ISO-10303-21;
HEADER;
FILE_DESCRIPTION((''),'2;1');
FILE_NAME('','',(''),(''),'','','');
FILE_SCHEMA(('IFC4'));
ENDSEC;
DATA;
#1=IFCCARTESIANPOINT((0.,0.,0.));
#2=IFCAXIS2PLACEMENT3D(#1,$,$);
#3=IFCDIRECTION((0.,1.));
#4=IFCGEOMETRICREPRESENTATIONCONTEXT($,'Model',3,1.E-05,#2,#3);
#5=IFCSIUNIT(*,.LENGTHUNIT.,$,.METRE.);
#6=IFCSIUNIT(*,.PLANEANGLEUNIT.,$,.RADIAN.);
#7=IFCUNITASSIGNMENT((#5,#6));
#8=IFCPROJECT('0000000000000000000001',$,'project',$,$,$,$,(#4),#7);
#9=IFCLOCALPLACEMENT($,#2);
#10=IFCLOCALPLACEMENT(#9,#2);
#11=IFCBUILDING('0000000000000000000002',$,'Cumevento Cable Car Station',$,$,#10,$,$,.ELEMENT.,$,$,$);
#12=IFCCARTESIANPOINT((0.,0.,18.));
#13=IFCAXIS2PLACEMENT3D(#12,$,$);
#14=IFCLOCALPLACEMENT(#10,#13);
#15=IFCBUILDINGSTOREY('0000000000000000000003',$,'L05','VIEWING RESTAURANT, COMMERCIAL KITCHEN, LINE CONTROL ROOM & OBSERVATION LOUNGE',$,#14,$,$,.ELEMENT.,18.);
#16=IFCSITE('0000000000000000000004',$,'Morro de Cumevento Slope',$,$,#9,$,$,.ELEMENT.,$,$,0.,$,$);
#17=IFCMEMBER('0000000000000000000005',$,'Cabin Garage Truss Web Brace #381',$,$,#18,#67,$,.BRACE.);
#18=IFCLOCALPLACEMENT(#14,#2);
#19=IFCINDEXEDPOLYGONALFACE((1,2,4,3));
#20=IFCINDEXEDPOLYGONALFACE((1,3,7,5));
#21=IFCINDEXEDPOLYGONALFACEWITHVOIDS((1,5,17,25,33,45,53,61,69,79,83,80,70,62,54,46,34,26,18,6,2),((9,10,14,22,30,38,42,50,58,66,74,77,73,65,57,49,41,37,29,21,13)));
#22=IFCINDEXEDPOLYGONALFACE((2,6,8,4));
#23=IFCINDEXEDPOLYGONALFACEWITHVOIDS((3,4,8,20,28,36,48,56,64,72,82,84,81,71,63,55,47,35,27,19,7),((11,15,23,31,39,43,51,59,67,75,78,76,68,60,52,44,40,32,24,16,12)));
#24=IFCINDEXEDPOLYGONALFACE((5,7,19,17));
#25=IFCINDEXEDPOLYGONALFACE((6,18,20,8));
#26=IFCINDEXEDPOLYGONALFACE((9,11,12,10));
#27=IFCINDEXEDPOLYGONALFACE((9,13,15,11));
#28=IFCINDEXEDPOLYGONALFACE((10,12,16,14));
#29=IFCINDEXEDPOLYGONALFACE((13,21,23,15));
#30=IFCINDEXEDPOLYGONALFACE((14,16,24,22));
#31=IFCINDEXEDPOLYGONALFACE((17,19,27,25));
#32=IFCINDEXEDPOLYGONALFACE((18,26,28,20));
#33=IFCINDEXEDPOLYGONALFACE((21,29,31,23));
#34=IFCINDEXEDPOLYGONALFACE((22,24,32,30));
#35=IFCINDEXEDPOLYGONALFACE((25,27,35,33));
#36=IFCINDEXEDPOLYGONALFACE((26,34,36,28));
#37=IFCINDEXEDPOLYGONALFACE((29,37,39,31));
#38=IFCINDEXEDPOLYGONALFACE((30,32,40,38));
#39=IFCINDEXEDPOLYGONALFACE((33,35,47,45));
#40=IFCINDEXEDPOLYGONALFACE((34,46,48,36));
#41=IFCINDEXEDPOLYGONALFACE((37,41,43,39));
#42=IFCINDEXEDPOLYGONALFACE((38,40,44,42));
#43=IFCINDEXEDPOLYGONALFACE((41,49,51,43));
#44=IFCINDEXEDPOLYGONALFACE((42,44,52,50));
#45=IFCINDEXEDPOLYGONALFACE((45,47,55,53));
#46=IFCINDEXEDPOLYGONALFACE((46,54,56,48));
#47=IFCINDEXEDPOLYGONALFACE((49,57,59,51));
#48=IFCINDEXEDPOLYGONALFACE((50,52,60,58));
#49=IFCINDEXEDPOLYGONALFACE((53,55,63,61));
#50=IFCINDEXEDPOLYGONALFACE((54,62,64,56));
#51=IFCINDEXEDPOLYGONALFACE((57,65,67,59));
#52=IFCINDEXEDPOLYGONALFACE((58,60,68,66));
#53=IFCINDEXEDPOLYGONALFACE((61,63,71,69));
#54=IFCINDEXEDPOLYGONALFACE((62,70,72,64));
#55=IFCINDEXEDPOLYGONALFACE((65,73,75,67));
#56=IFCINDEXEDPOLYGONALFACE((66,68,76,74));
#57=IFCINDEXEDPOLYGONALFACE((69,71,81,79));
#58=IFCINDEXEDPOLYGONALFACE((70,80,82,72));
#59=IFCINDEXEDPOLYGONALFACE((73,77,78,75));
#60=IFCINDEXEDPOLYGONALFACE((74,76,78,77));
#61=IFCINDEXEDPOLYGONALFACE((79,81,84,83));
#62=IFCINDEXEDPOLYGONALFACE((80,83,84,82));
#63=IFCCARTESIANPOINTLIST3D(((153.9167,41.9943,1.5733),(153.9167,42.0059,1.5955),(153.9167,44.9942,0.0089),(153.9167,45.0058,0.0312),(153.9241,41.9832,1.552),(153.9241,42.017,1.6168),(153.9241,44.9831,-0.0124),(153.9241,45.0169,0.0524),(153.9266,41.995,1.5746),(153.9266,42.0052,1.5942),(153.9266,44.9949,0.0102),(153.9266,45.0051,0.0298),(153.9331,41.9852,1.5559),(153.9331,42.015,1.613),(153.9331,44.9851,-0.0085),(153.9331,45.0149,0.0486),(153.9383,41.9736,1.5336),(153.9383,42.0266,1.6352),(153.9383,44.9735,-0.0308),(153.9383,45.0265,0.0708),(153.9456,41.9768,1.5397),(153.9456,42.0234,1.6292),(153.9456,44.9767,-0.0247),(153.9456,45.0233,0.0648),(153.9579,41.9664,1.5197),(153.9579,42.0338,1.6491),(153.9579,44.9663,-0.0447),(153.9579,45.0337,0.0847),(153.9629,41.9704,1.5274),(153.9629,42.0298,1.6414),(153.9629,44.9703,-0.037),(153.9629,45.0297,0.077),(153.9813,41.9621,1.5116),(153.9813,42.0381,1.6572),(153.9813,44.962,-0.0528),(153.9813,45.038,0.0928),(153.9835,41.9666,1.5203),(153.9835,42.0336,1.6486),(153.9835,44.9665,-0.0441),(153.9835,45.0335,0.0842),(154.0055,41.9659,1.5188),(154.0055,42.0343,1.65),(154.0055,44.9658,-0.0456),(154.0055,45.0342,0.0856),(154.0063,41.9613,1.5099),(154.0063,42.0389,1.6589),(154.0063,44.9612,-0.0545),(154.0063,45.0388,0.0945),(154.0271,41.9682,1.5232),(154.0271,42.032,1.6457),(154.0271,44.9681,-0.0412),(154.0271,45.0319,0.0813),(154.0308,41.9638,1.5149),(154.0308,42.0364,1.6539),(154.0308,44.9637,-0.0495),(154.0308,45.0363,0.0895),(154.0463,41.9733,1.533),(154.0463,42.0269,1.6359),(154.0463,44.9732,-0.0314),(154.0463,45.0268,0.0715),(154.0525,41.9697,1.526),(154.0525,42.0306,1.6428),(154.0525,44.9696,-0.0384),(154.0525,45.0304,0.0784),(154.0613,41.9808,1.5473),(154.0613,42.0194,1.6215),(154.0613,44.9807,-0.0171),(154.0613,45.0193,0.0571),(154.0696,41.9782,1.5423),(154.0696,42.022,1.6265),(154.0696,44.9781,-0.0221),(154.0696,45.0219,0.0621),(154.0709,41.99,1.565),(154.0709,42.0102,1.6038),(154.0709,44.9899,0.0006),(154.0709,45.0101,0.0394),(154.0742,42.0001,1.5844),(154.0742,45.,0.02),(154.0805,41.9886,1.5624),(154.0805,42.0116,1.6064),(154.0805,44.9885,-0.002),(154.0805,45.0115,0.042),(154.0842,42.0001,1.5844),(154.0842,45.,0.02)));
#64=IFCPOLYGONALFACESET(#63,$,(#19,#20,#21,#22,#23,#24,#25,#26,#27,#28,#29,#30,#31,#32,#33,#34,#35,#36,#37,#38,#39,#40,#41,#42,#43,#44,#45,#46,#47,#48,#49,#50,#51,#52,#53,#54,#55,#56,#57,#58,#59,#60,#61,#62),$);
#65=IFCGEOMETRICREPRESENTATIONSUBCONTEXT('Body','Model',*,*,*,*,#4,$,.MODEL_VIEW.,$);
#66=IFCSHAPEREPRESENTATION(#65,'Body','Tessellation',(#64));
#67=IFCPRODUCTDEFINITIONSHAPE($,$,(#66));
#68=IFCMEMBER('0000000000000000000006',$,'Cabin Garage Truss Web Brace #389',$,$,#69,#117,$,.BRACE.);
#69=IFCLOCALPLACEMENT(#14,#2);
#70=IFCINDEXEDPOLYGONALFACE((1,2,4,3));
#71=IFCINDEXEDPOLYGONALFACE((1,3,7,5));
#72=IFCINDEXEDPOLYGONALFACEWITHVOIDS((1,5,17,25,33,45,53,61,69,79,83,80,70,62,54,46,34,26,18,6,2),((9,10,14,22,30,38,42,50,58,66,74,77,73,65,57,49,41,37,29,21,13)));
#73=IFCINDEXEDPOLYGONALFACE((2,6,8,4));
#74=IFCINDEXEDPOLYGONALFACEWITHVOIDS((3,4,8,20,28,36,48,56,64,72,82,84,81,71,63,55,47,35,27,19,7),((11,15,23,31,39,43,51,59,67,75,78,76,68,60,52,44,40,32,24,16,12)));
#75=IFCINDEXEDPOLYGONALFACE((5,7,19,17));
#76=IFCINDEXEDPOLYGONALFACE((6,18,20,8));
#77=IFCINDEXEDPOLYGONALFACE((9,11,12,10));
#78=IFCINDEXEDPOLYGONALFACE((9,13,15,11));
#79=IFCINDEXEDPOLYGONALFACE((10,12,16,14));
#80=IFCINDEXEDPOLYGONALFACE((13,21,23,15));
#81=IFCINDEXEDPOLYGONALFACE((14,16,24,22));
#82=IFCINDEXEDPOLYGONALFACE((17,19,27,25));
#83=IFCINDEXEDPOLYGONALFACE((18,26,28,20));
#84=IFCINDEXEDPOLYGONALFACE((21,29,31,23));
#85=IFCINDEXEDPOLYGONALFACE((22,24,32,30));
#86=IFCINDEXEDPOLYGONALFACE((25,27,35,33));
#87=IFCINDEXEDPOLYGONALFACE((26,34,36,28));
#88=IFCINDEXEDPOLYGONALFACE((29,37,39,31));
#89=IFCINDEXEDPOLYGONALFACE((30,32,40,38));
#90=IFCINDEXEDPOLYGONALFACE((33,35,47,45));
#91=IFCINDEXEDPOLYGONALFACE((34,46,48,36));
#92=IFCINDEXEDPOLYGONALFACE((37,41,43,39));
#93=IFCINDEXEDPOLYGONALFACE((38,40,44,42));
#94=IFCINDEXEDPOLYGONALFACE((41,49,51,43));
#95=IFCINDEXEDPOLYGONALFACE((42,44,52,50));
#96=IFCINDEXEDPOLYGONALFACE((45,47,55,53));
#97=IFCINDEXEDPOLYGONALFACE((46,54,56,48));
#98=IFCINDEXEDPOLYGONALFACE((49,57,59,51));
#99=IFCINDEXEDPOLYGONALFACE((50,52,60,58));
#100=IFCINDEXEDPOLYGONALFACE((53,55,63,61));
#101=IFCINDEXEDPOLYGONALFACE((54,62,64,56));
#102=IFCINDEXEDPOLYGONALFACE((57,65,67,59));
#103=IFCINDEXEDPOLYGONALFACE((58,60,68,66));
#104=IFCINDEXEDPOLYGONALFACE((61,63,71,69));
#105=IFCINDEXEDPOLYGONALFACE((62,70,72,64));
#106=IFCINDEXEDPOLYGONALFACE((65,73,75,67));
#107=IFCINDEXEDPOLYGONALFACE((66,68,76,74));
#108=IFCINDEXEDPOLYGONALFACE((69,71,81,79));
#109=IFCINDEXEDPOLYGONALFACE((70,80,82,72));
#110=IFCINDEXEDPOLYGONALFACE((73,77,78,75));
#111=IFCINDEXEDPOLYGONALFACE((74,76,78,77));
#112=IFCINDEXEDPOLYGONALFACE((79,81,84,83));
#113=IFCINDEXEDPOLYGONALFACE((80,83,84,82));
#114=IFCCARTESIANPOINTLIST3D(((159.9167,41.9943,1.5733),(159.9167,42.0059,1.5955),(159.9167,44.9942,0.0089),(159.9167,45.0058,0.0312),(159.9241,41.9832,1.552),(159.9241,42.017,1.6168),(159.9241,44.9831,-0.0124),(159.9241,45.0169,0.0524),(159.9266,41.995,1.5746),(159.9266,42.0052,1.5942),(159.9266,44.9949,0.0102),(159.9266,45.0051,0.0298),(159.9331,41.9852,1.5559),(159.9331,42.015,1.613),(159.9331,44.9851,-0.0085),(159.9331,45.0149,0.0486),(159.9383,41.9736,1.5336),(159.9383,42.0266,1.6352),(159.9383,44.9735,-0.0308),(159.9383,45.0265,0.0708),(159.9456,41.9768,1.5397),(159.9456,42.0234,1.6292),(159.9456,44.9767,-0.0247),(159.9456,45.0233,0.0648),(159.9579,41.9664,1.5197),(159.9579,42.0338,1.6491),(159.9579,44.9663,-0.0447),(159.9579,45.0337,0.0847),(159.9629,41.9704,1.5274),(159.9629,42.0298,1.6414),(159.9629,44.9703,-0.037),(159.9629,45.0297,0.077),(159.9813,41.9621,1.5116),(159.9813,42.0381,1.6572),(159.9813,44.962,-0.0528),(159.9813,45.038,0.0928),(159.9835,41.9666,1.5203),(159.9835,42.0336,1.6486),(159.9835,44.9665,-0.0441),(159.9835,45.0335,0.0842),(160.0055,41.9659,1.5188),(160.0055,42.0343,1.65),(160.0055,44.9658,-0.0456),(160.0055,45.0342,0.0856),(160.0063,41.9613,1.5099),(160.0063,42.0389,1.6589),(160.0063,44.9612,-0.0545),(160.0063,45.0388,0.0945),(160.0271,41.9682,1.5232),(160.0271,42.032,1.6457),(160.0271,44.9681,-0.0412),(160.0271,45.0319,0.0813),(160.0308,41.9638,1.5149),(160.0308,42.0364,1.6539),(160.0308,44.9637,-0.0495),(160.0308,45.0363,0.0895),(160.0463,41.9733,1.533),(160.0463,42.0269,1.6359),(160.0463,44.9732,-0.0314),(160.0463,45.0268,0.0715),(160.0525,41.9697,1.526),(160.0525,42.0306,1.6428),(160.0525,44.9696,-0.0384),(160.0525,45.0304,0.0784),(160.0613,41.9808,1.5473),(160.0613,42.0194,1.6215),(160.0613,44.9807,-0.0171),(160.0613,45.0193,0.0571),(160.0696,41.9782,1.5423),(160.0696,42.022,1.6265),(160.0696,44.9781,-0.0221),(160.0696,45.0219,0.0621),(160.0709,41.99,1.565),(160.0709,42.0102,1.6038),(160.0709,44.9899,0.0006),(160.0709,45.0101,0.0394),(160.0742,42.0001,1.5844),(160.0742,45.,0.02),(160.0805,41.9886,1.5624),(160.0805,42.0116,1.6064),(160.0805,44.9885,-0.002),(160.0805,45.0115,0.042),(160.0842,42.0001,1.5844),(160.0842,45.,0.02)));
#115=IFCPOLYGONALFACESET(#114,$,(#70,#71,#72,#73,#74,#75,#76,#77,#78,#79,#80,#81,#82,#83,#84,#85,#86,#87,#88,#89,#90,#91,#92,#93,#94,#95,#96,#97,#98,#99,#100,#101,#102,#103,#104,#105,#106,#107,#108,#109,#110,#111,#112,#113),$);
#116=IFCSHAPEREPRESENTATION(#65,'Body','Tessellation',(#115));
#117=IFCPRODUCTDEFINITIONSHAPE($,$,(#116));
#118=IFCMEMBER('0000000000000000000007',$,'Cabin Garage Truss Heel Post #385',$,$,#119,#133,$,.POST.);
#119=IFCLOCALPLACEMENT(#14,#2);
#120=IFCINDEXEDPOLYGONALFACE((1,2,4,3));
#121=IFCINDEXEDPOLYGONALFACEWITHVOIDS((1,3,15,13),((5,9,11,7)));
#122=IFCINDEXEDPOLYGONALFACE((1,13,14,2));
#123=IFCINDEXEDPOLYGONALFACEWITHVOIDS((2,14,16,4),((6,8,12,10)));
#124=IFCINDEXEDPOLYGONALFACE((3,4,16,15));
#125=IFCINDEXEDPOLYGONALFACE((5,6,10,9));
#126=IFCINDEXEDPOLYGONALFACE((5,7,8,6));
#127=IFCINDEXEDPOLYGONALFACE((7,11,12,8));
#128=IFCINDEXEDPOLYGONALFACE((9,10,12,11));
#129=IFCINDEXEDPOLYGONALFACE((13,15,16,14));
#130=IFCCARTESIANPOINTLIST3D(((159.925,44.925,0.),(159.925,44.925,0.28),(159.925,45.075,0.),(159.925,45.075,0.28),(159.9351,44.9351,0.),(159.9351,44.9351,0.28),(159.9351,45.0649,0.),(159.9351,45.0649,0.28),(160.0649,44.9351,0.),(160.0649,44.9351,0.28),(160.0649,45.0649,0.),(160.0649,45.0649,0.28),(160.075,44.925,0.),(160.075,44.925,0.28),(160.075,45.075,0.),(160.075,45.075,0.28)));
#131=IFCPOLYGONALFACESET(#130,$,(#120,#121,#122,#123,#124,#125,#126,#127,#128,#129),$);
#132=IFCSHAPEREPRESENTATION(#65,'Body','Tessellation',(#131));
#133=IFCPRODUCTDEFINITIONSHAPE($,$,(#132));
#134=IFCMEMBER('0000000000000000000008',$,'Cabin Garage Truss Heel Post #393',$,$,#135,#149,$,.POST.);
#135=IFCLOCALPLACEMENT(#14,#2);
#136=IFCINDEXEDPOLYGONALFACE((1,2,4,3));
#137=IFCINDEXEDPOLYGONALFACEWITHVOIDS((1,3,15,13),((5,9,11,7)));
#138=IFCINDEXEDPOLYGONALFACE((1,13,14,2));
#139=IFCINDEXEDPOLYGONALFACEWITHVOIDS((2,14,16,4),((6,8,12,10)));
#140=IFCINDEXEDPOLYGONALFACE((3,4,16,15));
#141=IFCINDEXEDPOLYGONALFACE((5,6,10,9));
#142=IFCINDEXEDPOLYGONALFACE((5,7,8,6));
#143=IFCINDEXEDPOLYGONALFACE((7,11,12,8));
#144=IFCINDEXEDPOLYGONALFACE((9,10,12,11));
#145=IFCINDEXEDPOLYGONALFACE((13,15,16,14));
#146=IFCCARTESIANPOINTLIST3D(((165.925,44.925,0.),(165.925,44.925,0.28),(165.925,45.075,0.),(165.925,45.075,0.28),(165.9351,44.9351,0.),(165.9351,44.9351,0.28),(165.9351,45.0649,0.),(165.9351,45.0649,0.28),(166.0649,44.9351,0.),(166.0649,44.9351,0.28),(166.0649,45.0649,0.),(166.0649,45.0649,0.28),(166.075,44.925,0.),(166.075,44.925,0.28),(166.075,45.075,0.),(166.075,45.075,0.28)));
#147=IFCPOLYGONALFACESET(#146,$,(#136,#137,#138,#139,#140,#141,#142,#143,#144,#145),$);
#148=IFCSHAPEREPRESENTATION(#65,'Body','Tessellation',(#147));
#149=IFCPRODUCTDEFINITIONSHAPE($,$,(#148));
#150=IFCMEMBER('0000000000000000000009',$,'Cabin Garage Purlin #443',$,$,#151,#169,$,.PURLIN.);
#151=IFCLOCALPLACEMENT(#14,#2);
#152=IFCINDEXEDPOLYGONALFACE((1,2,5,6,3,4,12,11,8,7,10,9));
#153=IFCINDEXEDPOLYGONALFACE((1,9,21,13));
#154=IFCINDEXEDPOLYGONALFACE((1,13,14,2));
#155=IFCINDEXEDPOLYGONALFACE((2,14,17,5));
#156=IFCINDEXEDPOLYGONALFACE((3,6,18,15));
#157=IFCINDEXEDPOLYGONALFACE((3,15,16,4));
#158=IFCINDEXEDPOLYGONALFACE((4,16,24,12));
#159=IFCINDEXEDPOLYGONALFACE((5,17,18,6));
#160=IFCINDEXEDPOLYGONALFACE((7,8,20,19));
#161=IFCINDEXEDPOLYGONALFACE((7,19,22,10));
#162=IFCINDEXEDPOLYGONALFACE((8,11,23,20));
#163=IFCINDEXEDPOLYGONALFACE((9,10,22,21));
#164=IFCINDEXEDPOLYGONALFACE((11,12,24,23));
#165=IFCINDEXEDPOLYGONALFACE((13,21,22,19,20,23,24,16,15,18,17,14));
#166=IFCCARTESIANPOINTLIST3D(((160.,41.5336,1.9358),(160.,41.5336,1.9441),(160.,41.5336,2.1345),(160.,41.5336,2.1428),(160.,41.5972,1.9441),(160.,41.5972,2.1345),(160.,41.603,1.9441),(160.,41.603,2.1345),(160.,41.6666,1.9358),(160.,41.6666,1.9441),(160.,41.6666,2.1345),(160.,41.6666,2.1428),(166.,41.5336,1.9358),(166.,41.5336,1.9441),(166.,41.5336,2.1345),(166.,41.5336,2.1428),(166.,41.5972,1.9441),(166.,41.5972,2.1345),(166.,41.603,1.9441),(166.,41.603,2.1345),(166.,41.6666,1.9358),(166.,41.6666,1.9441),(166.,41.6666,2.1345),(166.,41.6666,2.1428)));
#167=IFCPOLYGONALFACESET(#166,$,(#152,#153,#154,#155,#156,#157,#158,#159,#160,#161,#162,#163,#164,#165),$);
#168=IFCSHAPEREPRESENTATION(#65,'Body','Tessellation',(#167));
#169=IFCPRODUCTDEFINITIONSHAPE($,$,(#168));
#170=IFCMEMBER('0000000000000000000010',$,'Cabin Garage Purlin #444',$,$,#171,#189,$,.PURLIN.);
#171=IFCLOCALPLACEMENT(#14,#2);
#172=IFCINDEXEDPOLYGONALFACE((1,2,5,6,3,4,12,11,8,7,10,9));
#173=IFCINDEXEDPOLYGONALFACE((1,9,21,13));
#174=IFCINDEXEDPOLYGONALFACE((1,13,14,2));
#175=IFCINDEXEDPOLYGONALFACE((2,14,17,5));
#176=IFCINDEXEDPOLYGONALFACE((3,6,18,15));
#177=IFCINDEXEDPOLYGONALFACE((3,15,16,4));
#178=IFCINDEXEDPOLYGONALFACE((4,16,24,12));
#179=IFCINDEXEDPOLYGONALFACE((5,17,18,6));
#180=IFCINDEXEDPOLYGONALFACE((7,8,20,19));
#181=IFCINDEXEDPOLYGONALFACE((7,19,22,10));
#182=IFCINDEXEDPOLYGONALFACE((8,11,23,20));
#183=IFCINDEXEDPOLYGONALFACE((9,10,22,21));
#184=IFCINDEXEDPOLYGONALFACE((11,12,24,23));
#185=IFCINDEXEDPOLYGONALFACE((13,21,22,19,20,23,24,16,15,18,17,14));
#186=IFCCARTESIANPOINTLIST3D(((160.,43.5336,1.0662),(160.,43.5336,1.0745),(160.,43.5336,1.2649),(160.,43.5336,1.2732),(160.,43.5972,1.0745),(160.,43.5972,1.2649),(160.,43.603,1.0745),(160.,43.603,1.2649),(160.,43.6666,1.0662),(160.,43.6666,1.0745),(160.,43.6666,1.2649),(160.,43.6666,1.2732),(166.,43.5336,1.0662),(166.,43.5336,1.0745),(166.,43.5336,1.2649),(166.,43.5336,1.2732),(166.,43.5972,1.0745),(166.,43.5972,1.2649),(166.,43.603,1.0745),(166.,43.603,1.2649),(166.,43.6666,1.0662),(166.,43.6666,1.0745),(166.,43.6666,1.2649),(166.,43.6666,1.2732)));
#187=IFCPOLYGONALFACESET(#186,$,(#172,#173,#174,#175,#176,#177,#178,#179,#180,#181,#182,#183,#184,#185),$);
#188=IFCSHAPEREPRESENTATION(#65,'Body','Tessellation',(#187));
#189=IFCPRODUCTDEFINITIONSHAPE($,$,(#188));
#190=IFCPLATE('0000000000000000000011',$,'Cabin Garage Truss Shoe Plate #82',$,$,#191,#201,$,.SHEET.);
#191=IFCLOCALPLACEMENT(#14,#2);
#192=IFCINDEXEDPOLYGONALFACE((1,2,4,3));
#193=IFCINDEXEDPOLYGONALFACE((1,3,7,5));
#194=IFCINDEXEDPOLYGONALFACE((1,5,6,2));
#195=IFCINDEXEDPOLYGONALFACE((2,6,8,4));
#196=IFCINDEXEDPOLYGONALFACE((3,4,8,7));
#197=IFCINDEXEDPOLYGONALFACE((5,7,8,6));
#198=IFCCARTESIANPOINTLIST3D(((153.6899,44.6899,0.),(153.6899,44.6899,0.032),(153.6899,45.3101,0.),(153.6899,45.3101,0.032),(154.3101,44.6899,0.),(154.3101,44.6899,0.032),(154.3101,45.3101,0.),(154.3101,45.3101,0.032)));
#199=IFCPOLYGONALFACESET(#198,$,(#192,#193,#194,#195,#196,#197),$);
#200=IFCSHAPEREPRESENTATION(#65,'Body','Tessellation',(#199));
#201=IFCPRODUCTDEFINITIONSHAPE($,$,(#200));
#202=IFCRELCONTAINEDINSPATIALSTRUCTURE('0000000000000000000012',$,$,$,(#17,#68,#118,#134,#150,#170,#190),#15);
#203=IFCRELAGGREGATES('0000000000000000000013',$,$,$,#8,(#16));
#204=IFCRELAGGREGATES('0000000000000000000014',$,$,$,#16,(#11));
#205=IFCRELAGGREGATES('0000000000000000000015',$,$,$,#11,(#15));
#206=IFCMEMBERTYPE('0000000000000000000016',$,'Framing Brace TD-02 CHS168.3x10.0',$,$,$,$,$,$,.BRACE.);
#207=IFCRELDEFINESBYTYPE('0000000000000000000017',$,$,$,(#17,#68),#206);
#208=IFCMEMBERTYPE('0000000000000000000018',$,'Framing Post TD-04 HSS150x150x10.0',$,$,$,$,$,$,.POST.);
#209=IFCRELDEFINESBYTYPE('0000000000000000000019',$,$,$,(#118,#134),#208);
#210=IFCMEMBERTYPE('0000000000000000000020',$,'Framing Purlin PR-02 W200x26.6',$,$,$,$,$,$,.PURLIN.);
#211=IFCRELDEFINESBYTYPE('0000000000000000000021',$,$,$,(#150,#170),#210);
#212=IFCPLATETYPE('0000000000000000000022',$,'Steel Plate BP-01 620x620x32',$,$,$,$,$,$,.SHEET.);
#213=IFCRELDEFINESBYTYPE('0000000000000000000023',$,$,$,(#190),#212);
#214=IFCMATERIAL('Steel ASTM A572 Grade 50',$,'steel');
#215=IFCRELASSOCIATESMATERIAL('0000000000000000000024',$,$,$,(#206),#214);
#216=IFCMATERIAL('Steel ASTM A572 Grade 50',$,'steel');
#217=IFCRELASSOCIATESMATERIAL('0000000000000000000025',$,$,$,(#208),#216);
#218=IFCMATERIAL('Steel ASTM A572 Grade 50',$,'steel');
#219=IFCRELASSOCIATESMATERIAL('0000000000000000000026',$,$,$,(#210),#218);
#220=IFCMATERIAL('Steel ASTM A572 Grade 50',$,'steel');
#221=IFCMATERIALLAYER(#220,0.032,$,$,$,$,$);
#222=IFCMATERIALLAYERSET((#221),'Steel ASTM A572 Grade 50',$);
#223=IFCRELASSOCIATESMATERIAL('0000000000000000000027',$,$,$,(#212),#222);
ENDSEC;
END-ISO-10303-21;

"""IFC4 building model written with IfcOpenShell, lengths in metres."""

from ifc_helpers import new_model, si_unit, direction, frame, origin, origin_2d, place, context, subcontext, project, spatial, rectangle, hollow_rectangle, hollow_circle, i_section, extrude, material, layer, layer_set, material_profile, profile_set, type_object, element, save


model = new_model("IFC4")

# Units and contexts
model_context = context("Model", 3, precision=1e-05, world=origin(), true_north=direction((0.0, 1.0)))
body_context = subcontext(model_context, "Body", "Model", "MODEL_VIEW")
ifc_project = project(units=[si_unit("LENGTHUNIT", "METRE"), si_unit("PLANEANGLEUNIT", "RADIAN")], contexts=[model_context])

# Site, building, storey
site_placement = place(None, origin())
site = spatial("IfcSite", under=ifc_project, at=site_placement, Name="Morro de Cumevento Slope", CompositionType="ELEMENT", RefElevation=0.0)
building_placement = place(site_placement, origin())
building = spatial("IfcBuilding", under=site, at=building_placement, Name="Cumevento Cable Car Station", CompositionType="ELEMENT")
storey_placement = place(building_placement, frame((0.0, 0.0, 18.0)))
storey = spatial("IfcBuildingStorey", under=building, at=storey_placement, Name="L05", Description="VIEWING RESTAURANT, COMMERCIAL KITCHEN, LINE CONTROL ROOM & OBSERVATION LOUNGE", CompositionType="ELEMENT", Elevation=18.0)

# Members
ifc_material_1 = material(Name="Steel ASTM A572 Grade 50", Category="steel")
ifc_material_profile_1 = material_profile(ifc_material_1, hollow_circle(Radius=0.0842, WallThickness=0.01, at=origin_2d()), Name="CHS168.3x10.0")
ifc_profile_set_1 = profile_set([ifc_material_profile_1], Name="Steel ASTM A572 Grade 50")
member_type_1 = type_object("IfcMemberType", Name="Framing Brace TD-02 CHS168.3x10.0", PredefinedType="BRACE", material=ifc_profile_set_1)
for number, where, z_axis, x_axis, name in (
    (1, (154.0, 45.0, 0.02), (0.0, -0.886677, 0.462388), (1.0, 0.0, 0.0), "Cabin Garage Truss Web Brace #381"),
    (2, (160.0, 45.0, 0.02), (0.0, -0.886677, 0.462388), (1.0, 0.0, 0.0), "Cabin Garage Truss Web Brace #389"),
):
    element("IfcMember", number, at=place(storey_placement, frame(where, z_axis=z_axis, x_axis=x_axis)), inside=storey, type_object=member_type_1, Name=name, PredefinedType="BRACE", context=body_context, shape_type="SweptSolid", body=[
        extrude(hollow_circle(Radius=0.0842, WallThickness=0.01, at=origin_2d()), origin(), (0.0, 0.0, 1.0), 3.3833),
    ])
ifc_material_2 = material(Name="Steel ASTM A572 Grade 50", Category="steel")
ifc_material_profile_2 = material_profile(ifc_material_2, hollow_rectangle(XDim=0.1499, YDim=0.1499, WallThickness=0.01, at=origin_2d()), Name="HSS150x150x10.0")
ifc_profile_set_2 = profile_set([ifc_material_profile_2], Name="Steel ASTM A572 Grade 50")
member_type_2 = type_object("IfcMemberType", Name="Framing Post TD-04 HSS150x150x10.0", PredefinedType="POST", material=ifc_profile_set_2)
for number, where, z_axis, x_axis, name in (
    (3, (160.0, 45.0, 0.0), (0.0, 0.0, 1.0), (1.0, 0.0, 0.0), "Cabin Garage Truss Heel Post #385"),
    (4, (166.0, 45.0, 0.0), (0.0, 0.0, 1.0), (1.0, 0.0, 0.0), "Cabin Garage Truss Heel Post #393"),
):
    element("IfcMember", number, at=place(storey_placement, frame(where, z_axis=z_axis, x_axis=x_axis)), inside=storey, type_object=member_type_2, Name=name, PredefinedType="POST", context=body_context, shape_type="SweptSolid", body=[
        extrude(hollow_rectangle(XDim=0.1499, YDim=0.1499, WallThickness=0.01, at=origin_2d()), origin(), (0.0, 0.0, 1.0), 0.28),
    ])
ifc_material_3 = material(Name="Steel ASTM A572 Grade 50", Category="steel")
ifc_material_profile_3 = material_profile(ifc_material_3, i_section(OverallWidth=0.1331, OverallDepth=0.207, WebThickness=0.0059, FlangeThickness=0.0083, at=origin_2d()), Name="W200x26.6")
ifc_profile_set_3 = profile_set([ifc_material_profile_3], Name="Steel ASTM A572 Grade 50")
member_type_3 = type_object("IfcMemberType", Name="Framing Purlin PR-02 W200x26.6", PredefinedType="PURLIN", material=ifc_profile_set_3)
for number, where, z_axis, x_axis, name in (
    (5, (160.0, 41.6001, 2.0393), (1.0, 0.0, 0.0), (0.0, 1.0, 0.0), "Cabin Garage Purlin #443"),
    (6, (160.0, 43.6001, 1.1697), (1.0, 0.0, 0.0), (0.0, 1.0, 0.0), "Cabin Garage Purlin #444"),
):
    element("IfcMember", number, at=place(storey_placement, frame(where, z_axis=z_axis, x_axis=x_axis)), inside=storey, type_object=member_type_3, Name=name, PredefinedType="PURLIN", context=body_context, shape_type="SweptSolid", body=[
        extrude(i_section(OverallWidth=0.1331, OverallDepth=0.207, WebThickness=0.0059, FlangeThickness=0.0083, at=origin_2d()), origin(), (0.0, 0.0, 1.0), 6.0),
    ])

# Plate
ifc_material_4 = material(Name="Steel ASTM A572 Grade 50", Category="steel")
ifc_layer_1 = layer(ifc_material_4, 0.032)
ifc_layer_set_1 = layer_set([ifc_layer_1], Name="Steel ASTM A572 Grade 50")
plate_type_1 = type_object("IfcPlateType", Name="Steel Plate BP-01 620x620x32", PredefinedType="SHEET", material=ifc_layer_set_1)
plate_1_placement = place(storey_placement, frame((154.0, 45.0, 0.0), z_axis=(0.0, 0.0, 1.0), x_axis=(1.0, 0.0, 0.0)))
element("IfcPlate", 7, at=plate_1_placement, inside=storey, type_object=plate_type_1, Name="Cabin Garage Truss Shoe Plate #82", PredefinedType="SHEET", context=body_context, shape_type="SweptSolid", body=[
    extrude(rectangle(XDim=0.6201, YDim=0.6201, at=origin_2d()), origin(), (0.0, 0.0, 1.0), 0.032),
])

save(model, "model.ifc")
